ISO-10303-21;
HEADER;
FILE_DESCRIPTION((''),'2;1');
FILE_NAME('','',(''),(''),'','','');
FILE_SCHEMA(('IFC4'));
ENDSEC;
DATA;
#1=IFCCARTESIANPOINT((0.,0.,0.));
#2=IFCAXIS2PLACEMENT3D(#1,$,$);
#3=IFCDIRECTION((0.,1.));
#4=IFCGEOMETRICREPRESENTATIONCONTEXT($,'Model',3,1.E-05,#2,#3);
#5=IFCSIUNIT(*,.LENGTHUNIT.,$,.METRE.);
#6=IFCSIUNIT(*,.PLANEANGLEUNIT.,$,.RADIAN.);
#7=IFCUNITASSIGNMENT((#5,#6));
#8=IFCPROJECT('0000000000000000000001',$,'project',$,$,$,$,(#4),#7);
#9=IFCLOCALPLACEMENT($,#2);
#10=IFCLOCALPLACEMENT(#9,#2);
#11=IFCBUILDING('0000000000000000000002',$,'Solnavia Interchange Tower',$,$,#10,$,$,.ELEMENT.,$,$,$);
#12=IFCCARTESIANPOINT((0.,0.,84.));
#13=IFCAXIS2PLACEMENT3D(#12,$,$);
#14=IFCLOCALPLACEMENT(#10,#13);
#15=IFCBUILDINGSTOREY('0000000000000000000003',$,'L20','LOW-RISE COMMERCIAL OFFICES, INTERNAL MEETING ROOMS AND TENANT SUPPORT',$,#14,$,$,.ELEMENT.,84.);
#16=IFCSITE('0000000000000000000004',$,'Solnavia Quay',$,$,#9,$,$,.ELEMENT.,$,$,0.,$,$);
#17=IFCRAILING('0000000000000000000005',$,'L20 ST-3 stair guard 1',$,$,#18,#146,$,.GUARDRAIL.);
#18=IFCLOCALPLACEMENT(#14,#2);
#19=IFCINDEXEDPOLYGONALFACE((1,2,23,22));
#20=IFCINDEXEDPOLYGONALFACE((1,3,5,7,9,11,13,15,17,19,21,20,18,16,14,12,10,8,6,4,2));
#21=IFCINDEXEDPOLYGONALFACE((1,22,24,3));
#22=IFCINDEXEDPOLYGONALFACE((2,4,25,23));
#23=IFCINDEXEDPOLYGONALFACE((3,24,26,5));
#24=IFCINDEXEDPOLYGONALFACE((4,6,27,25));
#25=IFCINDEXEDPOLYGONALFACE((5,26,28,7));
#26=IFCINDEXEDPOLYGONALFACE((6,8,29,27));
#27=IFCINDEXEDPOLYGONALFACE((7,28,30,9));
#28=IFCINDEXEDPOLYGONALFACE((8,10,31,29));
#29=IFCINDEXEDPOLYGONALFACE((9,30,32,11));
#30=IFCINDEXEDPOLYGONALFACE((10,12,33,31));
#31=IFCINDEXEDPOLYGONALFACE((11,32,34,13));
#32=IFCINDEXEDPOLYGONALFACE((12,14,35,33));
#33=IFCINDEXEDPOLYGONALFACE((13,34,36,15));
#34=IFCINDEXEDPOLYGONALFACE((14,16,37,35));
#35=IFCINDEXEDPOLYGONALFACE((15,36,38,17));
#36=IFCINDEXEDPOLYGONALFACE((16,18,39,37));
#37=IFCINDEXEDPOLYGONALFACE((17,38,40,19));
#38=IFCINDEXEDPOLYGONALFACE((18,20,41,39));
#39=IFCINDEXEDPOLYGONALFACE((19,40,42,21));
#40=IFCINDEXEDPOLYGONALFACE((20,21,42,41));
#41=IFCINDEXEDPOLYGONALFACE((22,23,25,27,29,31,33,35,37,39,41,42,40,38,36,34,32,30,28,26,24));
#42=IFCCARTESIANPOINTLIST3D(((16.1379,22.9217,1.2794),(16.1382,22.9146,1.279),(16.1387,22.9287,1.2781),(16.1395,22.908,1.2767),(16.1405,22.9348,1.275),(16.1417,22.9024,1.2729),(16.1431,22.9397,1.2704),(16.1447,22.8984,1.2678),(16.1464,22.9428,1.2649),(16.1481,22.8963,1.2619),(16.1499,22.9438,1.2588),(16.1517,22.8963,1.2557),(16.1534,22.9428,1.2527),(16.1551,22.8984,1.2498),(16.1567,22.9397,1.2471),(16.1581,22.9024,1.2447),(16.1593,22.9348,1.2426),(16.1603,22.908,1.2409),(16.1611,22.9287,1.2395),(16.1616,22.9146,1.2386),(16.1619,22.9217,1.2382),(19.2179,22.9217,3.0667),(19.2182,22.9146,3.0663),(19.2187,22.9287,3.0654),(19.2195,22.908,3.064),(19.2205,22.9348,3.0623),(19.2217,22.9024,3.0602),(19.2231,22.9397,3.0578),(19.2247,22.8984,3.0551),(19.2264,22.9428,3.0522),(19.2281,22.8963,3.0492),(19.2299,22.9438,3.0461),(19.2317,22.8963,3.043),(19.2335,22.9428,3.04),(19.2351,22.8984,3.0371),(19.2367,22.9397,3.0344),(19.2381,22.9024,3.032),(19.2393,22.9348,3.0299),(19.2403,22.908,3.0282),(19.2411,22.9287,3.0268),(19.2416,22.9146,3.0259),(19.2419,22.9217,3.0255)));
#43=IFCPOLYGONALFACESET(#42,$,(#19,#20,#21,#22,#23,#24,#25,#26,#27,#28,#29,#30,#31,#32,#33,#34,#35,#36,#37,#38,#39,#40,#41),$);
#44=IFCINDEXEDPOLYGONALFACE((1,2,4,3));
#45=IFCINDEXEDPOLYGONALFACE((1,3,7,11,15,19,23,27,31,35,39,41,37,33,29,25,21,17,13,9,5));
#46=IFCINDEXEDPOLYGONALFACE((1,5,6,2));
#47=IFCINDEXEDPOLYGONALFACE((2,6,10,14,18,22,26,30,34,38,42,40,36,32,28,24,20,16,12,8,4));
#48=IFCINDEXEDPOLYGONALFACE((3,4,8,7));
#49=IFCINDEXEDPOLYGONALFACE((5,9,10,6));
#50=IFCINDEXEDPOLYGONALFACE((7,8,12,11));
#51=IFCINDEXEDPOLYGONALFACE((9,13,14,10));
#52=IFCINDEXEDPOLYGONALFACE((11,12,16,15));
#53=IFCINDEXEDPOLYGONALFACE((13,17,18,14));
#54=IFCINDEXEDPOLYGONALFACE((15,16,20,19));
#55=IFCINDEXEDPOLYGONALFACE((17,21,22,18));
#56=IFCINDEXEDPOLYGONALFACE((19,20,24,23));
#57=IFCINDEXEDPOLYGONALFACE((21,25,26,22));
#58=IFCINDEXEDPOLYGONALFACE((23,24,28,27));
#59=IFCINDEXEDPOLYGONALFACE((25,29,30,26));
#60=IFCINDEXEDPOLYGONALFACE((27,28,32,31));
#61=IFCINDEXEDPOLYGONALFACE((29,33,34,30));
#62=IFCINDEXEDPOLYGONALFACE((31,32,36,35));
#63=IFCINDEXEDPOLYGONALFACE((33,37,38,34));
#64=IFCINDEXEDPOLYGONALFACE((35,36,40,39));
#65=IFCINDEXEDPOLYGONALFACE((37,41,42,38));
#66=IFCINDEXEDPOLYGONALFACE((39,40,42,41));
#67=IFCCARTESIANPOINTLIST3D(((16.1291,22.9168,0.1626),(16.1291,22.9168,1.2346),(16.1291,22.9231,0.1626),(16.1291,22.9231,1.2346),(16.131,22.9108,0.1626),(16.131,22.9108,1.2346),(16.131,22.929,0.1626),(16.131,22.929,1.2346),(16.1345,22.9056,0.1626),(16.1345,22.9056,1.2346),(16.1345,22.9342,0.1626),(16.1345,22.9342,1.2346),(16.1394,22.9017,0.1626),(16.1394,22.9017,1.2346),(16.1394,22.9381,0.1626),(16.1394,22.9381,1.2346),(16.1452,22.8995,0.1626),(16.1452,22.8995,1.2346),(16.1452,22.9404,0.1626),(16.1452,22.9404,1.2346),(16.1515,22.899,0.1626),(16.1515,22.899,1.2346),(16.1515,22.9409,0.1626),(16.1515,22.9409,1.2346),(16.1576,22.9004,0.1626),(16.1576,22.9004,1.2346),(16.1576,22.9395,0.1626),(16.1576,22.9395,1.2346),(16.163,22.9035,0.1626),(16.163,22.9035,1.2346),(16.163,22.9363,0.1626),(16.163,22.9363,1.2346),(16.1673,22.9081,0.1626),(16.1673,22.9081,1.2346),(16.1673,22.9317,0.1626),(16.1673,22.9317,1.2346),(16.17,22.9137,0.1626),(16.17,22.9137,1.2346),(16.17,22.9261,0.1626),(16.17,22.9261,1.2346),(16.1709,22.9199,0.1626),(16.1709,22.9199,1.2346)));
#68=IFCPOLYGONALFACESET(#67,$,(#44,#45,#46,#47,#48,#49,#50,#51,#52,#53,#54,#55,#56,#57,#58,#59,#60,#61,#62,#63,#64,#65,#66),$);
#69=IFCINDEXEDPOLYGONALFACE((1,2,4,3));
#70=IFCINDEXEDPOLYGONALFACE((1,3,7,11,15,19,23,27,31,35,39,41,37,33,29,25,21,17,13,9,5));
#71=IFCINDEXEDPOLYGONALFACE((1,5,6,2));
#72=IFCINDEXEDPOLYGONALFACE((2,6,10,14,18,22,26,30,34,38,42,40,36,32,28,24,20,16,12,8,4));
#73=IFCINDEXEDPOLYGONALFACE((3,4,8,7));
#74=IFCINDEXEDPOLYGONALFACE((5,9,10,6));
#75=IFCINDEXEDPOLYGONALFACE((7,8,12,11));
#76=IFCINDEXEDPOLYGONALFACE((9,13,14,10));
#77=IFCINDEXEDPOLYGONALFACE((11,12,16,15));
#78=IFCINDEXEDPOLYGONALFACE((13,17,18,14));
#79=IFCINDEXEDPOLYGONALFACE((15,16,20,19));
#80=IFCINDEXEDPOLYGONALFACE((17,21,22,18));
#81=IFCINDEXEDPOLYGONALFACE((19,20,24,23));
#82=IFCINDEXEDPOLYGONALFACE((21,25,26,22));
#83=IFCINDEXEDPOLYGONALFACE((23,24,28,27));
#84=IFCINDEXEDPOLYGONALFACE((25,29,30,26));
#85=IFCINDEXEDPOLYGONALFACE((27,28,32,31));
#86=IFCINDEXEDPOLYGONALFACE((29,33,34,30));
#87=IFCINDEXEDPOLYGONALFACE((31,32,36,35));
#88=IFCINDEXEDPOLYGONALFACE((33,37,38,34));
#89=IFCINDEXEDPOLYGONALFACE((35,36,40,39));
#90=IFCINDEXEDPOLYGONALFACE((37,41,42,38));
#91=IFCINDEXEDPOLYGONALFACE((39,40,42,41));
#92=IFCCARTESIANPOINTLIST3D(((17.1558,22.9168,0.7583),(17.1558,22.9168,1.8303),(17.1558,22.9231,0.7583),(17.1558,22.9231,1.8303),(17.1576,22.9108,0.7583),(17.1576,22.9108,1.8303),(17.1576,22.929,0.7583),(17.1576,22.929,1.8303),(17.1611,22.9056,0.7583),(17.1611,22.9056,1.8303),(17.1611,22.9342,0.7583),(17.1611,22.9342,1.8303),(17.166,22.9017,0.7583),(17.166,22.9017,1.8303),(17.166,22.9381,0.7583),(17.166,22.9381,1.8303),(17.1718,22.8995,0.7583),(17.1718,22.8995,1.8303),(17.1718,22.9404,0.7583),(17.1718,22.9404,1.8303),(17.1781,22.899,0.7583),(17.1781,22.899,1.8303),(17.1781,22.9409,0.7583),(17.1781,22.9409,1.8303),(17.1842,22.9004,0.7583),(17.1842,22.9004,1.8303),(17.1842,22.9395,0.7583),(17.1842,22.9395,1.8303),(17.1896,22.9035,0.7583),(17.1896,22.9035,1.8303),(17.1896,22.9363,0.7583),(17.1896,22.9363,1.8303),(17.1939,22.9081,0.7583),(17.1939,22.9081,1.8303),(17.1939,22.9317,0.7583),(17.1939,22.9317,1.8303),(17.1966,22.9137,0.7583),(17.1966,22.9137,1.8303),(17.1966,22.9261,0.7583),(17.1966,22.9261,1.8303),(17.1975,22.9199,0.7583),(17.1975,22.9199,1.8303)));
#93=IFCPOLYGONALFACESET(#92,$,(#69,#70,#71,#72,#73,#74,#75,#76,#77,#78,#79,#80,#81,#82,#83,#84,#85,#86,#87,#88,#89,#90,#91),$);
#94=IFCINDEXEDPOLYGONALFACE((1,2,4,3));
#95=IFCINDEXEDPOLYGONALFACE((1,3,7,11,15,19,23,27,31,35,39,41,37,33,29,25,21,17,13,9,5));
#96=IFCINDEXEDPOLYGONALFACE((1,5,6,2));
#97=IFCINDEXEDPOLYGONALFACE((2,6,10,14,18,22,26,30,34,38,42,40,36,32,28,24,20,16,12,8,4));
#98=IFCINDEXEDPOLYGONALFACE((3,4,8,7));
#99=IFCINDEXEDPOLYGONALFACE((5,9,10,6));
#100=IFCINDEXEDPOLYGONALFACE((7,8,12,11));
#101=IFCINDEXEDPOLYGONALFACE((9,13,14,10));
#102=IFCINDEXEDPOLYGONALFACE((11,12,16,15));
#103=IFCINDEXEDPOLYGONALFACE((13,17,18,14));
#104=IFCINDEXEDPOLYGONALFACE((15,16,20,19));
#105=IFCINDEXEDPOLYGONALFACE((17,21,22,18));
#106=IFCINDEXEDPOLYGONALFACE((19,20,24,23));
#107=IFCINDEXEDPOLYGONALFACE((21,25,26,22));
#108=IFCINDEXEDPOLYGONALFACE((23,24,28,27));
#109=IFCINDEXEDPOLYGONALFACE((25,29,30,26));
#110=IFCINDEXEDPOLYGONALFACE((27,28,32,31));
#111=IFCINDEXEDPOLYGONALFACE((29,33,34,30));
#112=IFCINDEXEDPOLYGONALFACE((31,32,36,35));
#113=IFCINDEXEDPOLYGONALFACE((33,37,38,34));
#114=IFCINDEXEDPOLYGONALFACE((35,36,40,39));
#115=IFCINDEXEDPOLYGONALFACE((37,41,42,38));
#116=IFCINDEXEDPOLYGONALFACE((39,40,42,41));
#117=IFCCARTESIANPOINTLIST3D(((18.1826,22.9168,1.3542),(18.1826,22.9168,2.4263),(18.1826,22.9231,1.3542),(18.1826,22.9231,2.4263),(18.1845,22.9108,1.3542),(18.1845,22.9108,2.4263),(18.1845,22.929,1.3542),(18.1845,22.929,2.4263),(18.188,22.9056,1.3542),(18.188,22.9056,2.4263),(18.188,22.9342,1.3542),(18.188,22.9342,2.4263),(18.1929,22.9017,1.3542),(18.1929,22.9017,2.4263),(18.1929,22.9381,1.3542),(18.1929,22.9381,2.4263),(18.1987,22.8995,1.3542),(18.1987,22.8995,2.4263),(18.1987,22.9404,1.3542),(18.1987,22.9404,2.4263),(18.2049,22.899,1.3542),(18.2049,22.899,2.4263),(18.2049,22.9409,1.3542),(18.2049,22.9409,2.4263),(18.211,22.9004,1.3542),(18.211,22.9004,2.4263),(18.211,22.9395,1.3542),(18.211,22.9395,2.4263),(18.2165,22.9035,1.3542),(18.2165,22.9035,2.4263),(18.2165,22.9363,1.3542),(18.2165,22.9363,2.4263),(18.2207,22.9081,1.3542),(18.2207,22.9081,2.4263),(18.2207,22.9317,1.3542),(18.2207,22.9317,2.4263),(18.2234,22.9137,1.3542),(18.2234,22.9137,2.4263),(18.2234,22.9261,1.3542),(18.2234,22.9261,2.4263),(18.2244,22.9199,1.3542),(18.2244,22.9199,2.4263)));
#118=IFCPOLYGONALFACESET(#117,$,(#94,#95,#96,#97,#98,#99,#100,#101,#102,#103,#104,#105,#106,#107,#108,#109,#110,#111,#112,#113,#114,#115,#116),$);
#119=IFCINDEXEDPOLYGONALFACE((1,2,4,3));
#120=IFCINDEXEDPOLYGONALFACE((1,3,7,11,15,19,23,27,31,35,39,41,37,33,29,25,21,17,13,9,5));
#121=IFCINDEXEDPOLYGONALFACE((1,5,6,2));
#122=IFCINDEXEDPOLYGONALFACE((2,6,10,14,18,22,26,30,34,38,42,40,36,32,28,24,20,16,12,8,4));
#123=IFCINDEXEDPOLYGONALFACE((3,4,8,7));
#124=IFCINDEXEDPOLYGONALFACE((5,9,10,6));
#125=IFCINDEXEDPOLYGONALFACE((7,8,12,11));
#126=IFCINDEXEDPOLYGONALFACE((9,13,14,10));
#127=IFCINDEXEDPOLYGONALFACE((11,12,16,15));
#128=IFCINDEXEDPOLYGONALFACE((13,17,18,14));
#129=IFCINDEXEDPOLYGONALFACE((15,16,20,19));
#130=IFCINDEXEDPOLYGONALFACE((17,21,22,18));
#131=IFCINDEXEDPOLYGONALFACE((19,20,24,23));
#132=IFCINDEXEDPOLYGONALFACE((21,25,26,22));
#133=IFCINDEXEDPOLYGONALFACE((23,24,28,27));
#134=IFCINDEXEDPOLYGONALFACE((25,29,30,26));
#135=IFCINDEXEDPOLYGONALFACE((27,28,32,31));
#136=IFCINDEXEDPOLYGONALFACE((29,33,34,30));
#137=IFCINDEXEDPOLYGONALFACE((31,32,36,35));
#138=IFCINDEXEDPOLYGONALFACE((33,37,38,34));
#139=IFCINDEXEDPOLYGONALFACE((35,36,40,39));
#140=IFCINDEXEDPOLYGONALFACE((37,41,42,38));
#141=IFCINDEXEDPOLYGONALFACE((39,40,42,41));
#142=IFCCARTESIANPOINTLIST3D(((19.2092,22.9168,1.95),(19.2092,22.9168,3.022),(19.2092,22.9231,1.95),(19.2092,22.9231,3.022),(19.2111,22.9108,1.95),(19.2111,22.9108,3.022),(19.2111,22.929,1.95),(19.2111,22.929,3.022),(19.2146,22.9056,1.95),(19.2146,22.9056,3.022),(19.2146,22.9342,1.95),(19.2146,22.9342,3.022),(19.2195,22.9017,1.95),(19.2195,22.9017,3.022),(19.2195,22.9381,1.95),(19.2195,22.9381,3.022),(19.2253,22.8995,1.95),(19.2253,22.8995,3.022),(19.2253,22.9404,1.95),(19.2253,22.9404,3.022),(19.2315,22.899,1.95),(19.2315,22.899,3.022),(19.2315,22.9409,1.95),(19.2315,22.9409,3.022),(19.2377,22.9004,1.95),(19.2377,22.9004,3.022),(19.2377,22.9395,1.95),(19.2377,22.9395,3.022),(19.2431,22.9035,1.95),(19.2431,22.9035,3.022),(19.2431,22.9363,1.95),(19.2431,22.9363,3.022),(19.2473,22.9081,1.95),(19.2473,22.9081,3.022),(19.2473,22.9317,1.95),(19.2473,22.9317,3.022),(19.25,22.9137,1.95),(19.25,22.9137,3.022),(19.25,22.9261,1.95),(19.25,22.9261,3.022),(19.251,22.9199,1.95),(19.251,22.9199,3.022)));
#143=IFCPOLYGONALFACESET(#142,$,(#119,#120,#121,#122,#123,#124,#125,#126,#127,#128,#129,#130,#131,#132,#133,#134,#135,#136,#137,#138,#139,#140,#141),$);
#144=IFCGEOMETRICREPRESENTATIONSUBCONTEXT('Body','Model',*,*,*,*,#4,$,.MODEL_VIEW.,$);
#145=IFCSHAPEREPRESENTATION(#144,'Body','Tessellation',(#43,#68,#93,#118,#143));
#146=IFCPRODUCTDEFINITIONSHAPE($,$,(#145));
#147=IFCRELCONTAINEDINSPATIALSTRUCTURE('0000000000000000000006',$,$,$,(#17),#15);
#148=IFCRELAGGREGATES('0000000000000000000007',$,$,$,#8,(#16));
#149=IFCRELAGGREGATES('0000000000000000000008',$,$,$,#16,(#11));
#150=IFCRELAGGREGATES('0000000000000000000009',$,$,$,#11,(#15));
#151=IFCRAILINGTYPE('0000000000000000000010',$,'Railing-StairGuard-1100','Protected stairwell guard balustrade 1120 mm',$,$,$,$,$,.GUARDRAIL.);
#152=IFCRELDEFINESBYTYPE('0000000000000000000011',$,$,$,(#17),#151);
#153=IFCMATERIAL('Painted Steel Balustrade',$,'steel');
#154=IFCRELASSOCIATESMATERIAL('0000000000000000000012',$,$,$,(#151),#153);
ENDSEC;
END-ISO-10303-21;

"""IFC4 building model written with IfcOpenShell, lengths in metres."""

from ifc_helpers import new_model, si_unit, direction, frame, origin, origin_2d, place, context, subcontext, project, spatial, circle, extrude, material, type_object, element, save


model = new_model("IFC4")

# Units and contexts
model_context = context("Model", 3, precision=1e-05, world=origin(), true_north=direction((0.0, 1.0)))
body_context = subcontext(model_context, "Body", "Model", "MODEL_VIEW")
ifc_project = project(units=[si_unit("LENGTHUNIT", "METRE"), si_unit("PLANEANGLEUNIT", "RADIAN")], contexts=[model_context])

# Site, building, storey
site_placement = place(None, origin())
site = spatial("IfcSite", under=ifc_project, at=site_placement, Name="Solnavia Quay", CompositionType="ELEMENT", RefElevation=0.0)
building_placement = place(site_placement, origin())
building = spatial("IfcBuilding", under=site, at=building_placement, Name="Solnavia Interchange Tower", CompositionType="ELEMENT")
storey_placement = place(building_placement, frame((0.0, 0.0, 84.0)))
storey = spatial("IfcBuildingStorey", under=building, at=storey_placement, Name="L20", Description="LOW-RISE COMMERCIAL OFFICES, INTERNAL MEETING ROOMS AND TENANT SUPPORT", CompositionType="ELEMENT", Elevation=84.0)

# Railing
ifc_material_1 = material(Name="Painted Steel Balustrade", Category="steel")
railing_type_1 = type_object("IfcRailingType", Name="Railing-StairGuard-1100", Description="Protected stairwell guard balustrade 1120 mm", PredefinedType="GUARDRAIL", material=ifc_material_1)
railing_1_placement = place(storey_placement, frame((16.1499, 22.9199, 0.1626)))
element("IfcRailing", 1, at=railing_1_placement, inside=storey, type_object=railing_type_1, Name="L20 ST-3 stair guard 1", PredefinedType="GUARDRAIL", context=body_context, shape_type="SweptSolid", body=[
    extrude(circle(Radius=0.0239, at=origin_2d()), frame((0.0, 0.0, 1.0962), z_axis=(0.86492, 0.0, 0.501909), x_axis=(0.0, 1.0, 0.0)), (0.0, 0.0, 1.0), 3.561),
    extrude(circle(Radius=0.021, at=origin_2d()), origin(), (0.0, 0.0, 1.0), 1.072),
    extrude(circle(Radius=0.021, at=origin_2d()), frame((1.0266, 0.0, 0.5957)), (0.0, 0.0, 1.0), 1.072),
    extrude(circle(Radius=0.021, at=origin_2d()), frame((2.0535, 0.0, 1.1917)), (0.0, 0.0, 1.0), 1.072),
    extrude(circle(Radius=0.021, at=origin_2d()), frame((3.0801, 0.0, 1.7874)), (0.0, 0.0, 1.0), 1.072),
])

save(model, "model.ifc")
